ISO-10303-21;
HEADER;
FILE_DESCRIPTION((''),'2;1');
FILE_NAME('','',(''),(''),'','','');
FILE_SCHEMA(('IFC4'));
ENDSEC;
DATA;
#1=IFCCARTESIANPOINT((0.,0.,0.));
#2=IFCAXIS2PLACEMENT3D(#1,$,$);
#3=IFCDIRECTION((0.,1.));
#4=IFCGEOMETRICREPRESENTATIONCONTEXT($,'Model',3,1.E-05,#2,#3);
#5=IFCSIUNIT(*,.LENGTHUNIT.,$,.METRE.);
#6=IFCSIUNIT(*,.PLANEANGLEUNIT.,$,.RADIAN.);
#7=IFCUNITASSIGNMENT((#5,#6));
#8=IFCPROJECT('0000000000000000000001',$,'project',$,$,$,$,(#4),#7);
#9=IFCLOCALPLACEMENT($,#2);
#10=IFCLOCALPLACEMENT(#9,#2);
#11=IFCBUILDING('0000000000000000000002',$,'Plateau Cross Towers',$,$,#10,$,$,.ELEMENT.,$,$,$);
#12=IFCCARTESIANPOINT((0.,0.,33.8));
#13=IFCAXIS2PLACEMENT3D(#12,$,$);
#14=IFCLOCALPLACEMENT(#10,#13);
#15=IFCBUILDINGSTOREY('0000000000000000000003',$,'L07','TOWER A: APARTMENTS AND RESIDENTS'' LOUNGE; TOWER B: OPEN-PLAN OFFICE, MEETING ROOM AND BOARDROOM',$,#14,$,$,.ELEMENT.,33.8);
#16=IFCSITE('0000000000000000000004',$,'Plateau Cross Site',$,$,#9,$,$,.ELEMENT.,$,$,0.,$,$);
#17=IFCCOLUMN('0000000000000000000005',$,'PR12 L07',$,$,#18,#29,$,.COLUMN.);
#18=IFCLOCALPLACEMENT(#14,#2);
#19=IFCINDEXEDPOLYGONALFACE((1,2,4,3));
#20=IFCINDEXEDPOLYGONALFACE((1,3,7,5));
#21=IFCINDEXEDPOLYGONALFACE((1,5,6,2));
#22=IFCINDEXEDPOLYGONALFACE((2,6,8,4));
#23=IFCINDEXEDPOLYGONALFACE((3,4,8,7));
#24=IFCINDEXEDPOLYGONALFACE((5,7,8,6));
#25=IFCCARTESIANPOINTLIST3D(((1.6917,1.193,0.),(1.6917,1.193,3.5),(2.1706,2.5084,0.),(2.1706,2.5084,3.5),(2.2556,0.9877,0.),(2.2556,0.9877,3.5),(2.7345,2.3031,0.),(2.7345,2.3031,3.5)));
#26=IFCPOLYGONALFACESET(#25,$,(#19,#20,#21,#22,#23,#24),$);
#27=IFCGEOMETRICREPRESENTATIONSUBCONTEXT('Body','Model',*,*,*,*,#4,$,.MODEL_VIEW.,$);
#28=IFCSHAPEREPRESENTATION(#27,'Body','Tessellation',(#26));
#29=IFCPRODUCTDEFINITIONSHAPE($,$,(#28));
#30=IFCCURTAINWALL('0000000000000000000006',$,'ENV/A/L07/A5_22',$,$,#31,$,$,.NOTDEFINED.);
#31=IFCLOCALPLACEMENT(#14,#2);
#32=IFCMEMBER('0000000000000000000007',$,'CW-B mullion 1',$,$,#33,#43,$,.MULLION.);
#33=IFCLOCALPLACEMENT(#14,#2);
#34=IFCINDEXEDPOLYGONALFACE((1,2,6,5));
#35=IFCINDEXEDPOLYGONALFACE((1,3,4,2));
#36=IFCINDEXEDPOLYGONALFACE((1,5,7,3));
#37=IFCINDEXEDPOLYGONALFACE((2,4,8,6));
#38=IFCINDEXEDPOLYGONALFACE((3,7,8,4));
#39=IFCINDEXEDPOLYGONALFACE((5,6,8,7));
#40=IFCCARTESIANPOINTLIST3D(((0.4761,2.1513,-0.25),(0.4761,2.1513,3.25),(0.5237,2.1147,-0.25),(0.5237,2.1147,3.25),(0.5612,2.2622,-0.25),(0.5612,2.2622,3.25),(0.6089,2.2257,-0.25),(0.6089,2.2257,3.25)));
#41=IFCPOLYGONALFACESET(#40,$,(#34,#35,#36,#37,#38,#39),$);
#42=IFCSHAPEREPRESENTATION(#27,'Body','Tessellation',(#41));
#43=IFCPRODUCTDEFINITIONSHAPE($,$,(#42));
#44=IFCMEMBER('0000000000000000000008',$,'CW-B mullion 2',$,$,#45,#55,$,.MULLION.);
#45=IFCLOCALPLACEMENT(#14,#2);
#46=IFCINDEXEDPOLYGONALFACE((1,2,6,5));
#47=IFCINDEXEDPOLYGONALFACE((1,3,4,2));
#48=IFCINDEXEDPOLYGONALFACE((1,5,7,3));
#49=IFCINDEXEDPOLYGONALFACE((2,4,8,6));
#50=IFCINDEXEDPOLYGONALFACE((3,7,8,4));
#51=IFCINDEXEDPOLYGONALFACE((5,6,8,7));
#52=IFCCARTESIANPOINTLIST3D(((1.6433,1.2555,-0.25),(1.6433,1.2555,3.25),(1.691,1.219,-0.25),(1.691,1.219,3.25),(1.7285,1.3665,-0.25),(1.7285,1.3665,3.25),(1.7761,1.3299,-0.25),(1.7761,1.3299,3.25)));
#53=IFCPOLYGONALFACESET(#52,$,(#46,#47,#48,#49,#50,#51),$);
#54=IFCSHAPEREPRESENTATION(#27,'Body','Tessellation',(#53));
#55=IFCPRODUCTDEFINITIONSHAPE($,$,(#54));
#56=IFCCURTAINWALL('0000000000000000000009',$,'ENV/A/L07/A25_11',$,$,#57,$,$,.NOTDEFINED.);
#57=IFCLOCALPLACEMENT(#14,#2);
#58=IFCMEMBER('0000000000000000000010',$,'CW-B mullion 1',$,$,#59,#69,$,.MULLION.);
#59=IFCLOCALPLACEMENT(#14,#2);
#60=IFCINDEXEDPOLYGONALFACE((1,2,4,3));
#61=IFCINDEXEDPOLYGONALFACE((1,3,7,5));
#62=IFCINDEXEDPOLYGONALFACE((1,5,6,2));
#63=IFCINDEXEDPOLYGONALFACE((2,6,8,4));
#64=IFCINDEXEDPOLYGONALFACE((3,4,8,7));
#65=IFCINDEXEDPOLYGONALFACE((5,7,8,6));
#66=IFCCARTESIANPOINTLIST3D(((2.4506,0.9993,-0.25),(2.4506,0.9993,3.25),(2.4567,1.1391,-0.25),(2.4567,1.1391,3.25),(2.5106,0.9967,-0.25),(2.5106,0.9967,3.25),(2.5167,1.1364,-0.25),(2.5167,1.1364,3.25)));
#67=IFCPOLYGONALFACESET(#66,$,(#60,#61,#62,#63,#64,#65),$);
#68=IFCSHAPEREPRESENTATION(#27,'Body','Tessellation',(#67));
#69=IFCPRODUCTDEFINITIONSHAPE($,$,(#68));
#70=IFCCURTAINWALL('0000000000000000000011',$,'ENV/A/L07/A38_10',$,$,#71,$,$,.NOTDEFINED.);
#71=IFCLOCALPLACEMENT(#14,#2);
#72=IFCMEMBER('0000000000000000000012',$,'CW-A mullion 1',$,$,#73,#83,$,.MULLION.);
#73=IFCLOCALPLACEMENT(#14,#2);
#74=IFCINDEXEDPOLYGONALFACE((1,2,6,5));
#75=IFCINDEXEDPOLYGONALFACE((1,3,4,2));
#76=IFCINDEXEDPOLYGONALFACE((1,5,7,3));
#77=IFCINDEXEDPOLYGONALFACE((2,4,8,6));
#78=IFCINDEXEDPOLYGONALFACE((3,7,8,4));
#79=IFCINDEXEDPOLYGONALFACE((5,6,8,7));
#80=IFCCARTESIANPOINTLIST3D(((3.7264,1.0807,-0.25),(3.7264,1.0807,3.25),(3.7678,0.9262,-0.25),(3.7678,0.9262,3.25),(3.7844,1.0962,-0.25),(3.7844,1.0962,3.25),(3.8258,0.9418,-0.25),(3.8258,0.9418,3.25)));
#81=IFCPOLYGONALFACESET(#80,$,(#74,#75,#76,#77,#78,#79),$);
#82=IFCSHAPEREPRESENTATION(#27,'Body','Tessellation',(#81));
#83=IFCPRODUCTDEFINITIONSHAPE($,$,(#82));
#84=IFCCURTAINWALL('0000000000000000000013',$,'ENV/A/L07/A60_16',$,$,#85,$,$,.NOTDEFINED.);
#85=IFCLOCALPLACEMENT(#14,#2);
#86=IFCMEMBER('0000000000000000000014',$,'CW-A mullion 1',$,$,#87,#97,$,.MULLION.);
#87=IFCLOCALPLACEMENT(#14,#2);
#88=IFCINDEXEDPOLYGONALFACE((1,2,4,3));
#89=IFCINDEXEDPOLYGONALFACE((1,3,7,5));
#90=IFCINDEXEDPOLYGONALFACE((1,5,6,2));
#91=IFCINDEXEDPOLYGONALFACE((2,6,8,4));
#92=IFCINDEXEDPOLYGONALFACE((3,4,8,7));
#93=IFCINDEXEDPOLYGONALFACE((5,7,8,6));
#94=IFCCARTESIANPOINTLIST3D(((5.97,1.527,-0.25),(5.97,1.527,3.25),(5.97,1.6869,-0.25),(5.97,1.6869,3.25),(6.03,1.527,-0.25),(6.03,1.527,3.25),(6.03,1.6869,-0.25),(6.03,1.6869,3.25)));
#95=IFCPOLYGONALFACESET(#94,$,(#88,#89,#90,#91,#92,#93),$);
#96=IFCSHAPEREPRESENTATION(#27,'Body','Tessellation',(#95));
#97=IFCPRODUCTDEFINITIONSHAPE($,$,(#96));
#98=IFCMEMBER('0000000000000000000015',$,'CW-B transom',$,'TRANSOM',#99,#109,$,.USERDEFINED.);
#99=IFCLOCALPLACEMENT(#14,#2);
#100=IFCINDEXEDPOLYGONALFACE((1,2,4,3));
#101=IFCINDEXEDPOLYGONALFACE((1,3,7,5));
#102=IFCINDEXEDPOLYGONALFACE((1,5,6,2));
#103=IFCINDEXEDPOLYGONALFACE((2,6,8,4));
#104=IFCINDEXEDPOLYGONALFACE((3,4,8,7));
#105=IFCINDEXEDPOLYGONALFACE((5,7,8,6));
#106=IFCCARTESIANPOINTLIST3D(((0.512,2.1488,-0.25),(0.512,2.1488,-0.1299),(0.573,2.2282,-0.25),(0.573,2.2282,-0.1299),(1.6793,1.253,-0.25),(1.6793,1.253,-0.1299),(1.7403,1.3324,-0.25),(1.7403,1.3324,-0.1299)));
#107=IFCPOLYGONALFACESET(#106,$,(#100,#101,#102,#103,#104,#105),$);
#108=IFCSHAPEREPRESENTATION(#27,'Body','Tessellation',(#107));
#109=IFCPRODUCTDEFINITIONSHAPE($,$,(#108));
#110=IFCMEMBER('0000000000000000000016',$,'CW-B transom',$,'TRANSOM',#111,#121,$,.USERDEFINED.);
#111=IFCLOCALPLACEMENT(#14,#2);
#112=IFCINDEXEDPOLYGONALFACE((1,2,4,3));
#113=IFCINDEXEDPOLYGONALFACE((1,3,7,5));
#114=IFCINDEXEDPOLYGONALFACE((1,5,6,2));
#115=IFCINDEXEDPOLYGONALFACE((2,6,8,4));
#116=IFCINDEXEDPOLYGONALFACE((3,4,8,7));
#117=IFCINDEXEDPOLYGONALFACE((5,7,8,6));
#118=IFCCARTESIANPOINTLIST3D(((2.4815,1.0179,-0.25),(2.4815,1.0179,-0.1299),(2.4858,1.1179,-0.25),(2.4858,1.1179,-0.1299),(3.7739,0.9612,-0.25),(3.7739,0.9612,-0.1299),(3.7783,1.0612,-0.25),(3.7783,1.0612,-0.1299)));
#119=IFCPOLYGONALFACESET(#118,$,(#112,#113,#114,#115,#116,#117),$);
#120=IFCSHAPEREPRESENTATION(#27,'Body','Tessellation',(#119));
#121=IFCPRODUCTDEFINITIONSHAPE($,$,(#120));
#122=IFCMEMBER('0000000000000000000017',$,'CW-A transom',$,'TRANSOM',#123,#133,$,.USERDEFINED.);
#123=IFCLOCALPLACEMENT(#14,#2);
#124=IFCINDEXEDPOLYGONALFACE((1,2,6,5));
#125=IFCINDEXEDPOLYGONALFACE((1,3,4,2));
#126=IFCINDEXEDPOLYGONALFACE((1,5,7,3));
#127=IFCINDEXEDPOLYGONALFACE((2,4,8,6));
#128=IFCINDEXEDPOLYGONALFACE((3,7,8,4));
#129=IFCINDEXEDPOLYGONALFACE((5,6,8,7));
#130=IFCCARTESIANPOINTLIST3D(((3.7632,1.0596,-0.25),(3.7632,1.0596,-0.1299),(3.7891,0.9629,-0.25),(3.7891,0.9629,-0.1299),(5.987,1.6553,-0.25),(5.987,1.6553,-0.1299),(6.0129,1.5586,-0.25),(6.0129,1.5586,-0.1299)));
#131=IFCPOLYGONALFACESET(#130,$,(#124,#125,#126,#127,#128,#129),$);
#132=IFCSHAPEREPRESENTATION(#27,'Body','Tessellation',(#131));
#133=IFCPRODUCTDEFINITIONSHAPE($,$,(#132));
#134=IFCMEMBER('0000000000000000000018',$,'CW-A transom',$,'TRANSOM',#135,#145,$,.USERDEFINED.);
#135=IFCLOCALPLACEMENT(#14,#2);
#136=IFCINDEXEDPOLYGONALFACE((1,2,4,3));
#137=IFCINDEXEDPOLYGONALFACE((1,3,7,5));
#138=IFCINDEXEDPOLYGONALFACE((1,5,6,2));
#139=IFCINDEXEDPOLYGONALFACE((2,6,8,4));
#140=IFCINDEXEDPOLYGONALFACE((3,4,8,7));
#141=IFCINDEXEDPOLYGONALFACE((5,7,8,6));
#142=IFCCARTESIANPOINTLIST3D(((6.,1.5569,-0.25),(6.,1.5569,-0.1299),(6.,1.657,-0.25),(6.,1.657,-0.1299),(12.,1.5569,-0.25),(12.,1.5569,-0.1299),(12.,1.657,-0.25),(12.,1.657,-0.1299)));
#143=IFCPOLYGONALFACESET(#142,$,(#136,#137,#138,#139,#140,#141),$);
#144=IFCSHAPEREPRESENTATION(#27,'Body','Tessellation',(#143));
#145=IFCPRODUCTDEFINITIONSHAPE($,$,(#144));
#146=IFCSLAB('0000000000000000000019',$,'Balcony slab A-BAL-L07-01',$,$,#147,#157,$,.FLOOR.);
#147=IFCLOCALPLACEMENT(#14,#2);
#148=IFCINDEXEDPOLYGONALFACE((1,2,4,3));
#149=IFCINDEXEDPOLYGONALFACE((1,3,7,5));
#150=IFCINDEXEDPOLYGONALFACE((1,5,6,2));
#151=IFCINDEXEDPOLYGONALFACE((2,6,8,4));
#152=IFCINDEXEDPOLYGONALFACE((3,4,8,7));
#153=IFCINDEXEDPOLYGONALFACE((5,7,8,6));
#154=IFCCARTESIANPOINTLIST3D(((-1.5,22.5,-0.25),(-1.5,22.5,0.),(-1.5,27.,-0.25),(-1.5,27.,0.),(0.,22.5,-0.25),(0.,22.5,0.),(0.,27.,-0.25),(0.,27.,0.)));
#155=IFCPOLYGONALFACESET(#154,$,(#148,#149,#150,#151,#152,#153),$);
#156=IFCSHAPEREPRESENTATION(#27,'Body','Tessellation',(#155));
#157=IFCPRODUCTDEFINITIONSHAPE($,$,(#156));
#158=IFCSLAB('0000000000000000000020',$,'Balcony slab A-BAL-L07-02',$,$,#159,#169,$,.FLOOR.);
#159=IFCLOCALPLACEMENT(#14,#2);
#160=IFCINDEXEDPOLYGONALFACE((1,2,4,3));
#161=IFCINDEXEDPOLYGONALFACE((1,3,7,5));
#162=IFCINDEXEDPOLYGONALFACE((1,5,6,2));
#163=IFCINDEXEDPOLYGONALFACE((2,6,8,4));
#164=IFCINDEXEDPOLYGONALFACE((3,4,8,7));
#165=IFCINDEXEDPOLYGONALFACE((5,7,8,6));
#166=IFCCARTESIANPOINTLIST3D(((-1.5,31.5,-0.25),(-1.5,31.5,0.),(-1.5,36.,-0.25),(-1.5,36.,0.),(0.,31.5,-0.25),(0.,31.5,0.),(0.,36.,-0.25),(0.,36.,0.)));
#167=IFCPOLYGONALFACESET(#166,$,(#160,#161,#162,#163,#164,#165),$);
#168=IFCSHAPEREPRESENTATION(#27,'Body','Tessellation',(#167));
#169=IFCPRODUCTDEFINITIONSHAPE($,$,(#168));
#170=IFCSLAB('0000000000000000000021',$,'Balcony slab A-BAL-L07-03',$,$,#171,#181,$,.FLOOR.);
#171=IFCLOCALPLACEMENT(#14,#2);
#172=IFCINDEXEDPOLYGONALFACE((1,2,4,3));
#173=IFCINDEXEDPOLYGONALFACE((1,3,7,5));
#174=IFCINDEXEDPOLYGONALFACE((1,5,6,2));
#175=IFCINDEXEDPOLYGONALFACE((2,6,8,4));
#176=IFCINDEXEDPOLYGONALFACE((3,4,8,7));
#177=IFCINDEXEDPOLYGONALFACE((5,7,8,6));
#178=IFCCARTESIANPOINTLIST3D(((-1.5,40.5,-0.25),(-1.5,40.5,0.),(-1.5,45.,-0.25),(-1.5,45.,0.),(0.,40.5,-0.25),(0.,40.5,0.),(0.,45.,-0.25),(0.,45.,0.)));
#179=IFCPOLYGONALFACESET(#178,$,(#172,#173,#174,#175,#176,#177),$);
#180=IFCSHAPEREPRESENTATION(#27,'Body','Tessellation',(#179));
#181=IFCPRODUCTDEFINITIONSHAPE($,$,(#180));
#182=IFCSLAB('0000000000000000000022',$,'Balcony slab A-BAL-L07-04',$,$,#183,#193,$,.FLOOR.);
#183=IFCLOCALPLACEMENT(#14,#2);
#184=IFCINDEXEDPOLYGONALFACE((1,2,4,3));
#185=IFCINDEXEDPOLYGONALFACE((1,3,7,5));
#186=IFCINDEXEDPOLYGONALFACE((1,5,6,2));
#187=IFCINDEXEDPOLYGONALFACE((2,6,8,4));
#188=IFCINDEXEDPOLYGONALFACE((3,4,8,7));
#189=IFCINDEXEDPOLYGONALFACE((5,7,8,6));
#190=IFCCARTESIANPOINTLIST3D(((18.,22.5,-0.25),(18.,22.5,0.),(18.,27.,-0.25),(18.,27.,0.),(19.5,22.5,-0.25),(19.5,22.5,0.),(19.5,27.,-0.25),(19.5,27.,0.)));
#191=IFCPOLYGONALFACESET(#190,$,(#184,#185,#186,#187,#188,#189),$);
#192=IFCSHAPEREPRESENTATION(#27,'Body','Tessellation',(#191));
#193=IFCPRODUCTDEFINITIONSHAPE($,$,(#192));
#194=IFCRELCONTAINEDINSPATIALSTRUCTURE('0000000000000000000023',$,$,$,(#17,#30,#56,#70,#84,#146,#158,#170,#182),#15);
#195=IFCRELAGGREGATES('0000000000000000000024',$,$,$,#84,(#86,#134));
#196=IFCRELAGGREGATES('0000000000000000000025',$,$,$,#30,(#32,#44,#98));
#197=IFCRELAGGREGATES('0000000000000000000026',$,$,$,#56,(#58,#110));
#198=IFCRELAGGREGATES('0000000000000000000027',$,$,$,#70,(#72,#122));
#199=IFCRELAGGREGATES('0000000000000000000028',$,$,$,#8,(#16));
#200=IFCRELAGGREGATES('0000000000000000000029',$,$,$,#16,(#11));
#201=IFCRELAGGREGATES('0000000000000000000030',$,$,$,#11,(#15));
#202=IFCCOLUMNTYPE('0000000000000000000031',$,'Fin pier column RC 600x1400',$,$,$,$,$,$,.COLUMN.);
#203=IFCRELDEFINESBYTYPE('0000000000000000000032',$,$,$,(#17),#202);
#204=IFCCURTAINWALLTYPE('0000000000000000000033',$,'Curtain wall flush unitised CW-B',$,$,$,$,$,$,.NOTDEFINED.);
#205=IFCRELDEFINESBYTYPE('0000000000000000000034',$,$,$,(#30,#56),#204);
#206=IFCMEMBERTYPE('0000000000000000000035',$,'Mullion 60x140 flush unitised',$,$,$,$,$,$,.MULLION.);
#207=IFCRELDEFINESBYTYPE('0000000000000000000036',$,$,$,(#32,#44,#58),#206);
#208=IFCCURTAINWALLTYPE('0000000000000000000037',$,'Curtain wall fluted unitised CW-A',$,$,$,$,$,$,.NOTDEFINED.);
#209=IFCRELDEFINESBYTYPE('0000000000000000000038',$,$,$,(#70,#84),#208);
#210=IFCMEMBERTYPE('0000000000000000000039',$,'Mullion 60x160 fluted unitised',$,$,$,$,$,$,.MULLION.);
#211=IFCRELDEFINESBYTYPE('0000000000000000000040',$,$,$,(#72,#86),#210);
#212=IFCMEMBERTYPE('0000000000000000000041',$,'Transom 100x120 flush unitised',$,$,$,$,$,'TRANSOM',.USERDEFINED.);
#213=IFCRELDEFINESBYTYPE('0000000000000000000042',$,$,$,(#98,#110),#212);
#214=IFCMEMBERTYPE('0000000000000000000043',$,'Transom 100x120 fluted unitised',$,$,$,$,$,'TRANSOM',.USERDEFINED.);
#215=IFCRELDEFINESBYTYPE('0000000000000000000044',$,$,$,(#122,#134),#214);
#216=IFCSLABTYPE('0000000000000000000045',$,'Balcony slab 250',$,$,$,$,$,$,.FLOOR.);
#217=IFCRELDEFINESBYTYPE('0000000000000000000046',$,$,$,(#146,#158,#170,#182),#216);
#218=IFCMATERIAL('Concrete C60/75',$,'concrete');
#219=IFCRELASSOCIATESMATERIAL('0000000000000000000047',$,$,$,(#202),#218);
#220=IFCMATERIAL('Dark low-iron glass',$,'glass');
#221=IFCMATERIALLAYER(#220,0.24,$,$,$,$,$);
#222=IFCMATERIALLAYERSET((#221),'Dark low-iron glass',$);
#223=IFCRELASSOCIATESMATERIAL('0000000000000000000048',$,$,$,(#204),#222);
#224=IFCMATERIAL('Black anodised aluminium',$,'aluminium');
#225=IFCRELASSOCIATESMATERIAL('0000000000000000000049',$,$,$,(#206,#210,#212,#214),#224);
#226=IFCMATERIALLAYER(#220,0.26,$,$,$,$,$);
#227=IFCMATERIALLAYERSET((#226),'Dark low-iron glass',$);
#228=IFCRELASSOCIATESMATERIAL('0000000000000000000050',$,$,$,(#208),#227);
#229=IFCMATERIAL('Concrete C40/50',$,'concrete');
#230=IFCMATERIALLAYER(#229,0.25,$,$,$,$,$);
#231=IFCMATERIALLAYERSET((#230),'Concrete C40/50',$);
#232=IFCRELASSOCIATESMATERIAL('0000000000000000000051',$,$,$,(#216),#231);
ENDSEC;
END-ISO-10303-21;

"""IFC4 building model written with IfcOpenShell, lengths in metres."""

from ifc_helpers import new_model, si_unit, direction, frame, origin, origin_2d, place, context, subcontext, project, spatial, polyline, rectangle, outline, extrude, material, layer, layer_set, material_profile, profile_set, type_object, element, aggregate, save


model = new_model("IFC4")

# Units and contexts
model_context = context("Model", 3, precision=1e-05, world=origin(), true_north=direction((0.0, 1.0)))
body_context = subcontext(model_context, "Body", "Model", "MODEL_VIEW")
ifc_project = project(units=[si_unit("LENGTHUNIT", "METRE"), si_unit("PLANEANGLEUNIT", "RADIAN")], contexts=[model_context])

# Site, building, storey
site_placement = place(None, origin())
site = spatial("IfcSite", under=ifc_project, at=site_placement, Name="Plateau Cross Site", CompositionType="ELEMENT", RefElevation=0.0)
building_placement = place(site_placement, origin())
building = spatial("IfcBuilding", under=site, at=building_placement, Name="Plateau Cross Towers", CompositionType="ELEMENT")
storey_placement = place(building_placement, frame((0.0, 0.0, 33.8)))
storey = spatial("IfcBuildingStorey", under=building, at=storey_placement, Name="L07", Description="TOWER A: APARTMENTS AND RESIDENTS' LOUNGE; TOWER B: OPEN-PLAN OFFICE, MEETING ROOM AND BOARDROOM", CompositionType="ELEMENT", Elevation=33.8)

# Column
ifc_material_1 = material(Name="Concrete C60/75", Category="concrete")
ifc_material_profile_1 = material_profile(ifc_material_1, rectangle(XDim=0.6001, YDim=1.3999, at=origin_2d()), Name="RC 600x1400")
ifc_profile_set_1 = profile_set([ifc_material_profile_1], Name="Concrete C60/75")
column_type = type_object("IfcColumnType", Name="Fin pier column RC 600x1400", PredefinedType="COLUMN", material=ifc_profile_set_1)
column_placement = place(storey_placement, frame((2.2131, 1.748, 0.0), z_axis=(0.0, 0.0, 1.0), x_axis=(-0.939664, 0.342098, 0.0)))
element("IfcColumn", 1, at=column_placement, inside=storey, type_object=column_type, Name="PR12 L07", PredefinedType="COLUMN", context=body_context, shape_type="SweptSolid", body=[
    extrude(rectangle(XDim=0.6001, YDim=1.3999, at=origin_2d()), origin(), (0.0, 0.0, 1.0), 3.5),
])

# Curtain wall, members
ifc_material_2 = material(Name="Dark low-iron glass", Category="glass")
ifc_layer_1 = layer(ifc_material_2, 0.24)
ifc_layer_set_1 = layer_set([ifc_layer_1], Name="Dark low-iron glass")
curtain_wall_type_1 = type_object("IfcCurtainWallType", Name="Curtain wall flush unitised CW-B", PredefinedType="NOTDEFINED", material=ifc_layer_set_1)
curtain_wall_1_placement = place(storey_placement, origin())
curtain_wall_1 = element("IfcCurtainWall", 2, at=curtain_wall_1_placement, inside=storey, type_object=curtain_wall_type_1, Name="ENV/A/L07/A5_22", PredefinedType="NOTDEFINED")
ifc_material_3 = material(Name="Black anodised aluminium", Category="aluminium")
ifc_material_profile_2 = material_profile(ifc_material_3, rectangle(XDim=0.0601, YDim=0.1399, at=origin_2d()), Name="MULLION 60x140")
ifc_profile_set_2 = profile_set([ifc_material_profile_2], Name="Black anodised aluminium")
member_type_1 = type_object("IfcMemberType", Name="Mullion 60x140 flush unitised", PredefinedType="MULLION", material=ifc_profile_set_2)
member_1_placement = place(storey_placement, frame((0.5425, 2.1885, -0.25), z_axis=(0.0, 0.0, 1.0), x_axis=(0.793316, -0.608811, 0.0)))
member_1 = element("IfcMember", 3, at=member_1_placement, type_object=member_type_1, Name="CW-B mullion 1", PredefinedType="MULLION", context=body_context, shape_type="SweptSolid", body=[
    extrude(rectangle(XDim=0.0601, YDim=0.1399, at=origin_2d()), origin(), (0.0, 0.0, 1.0), 3.5),
])
member_2_placement = place(storey_placement, frame((1.7097, 1.2927, -0.25), z_axis=(0.0, 0.0, 1.0), x_axis=(0.793316, -0.608811, 0.0)))
member_2 = element("IfcMember", 4, at=member_2_placement, type_object=member_type_1, Name="CW-B mullion 2", PredefinedType="MULLION", context=body_context, shape_type="SweptSolid", body=[
    extrude(rectangle(XDim=0.0601, YDim=0.1399, at=origin_2d()), origin(), (0.0, 0.0, 1.0), 3.5),
])

# Curtain walls, members
curtain_wall_2_placement = place(storey_placement, origin())
curtain_wall_2 = element("IfcCurtainWall", 5, at=curtain_wall_2_placement, inside=storey, type_object=curtain_wall_type_1, Name="ENV/A/L07/A25_11", PredefinedType="NOTDEFINED")
member_3_placement = place(storey_placement, frame((2.4836, 1.0679, -0.25), z_axis=(0.0, 0.0, 1.0), x_axis=(0.999044, -0.043723, 0.0)))
member_3 = element("IfcMember", 6, at=member_3_placement, type_object=member_type_1, Name="CW-B mullion 1", PredefinedType="MULLION", context=body_context, shape_type="SweptSolid", body=[
    extrude(rectangle(XDim=0.0601, YDim=0.1399, at=origin_2d()), origin(), (0.0, 0.0, 1.0), 3.5),
])
ifc_layer_2 = layer(ifc_material_2, 0.26)
ifc_layer_set_2 = layer_set([ifc_layer_2], Name="Dark low-iron glass")
curtain_wall_type_2 = type_object("IfcCurtainWallType", Name="Curtain wall fluted unitised CW-A", PredefinedType="NOTDEFINED", material=ifc_layer_set_2)
curtain_wall_3_placement = place(storey_placement, origin())
curtain_wall_3 = element("IfcCurtainWall", 7, at=curtain_wall_3_placement, inside=storey, type_object=curtain_wall_type_2, Name="ENV/A/L07/A38_10", PredefinedType="NOTDEFINED")
ifc_material_profile_3 = material_profile(ifc_material_3, rectangle(XDim=0.0601, YDim=0.1599, at=origin_2d()), Name="MULLION 60x160")
ifc_profile_set_3 = profile_set([ifc_material_profile_3], Name="Black anodised aluminium")
member_type_2 = type_object("IfcMemberType", Name="Mullion 60x160 fluted unitised", PredefinedType="MULLION", material=ifc_profile_set_3)
member_4_placement = place(storey_placement, frame((3.7761, 1.0112, -0.25), z_axis=(0.0, 0.0, 1.0), x_axis=(0.965958, 0.258699, 0.0)))
member_4 = element("IfcMember", 8, at=member_4_placement, type_object=member_type_2, Name="CW-A mullion 1", PredefinedType="MULLION", context=body_context, shape_type="SweptSolid", body=[
    extrude(rectangle(XDim=0.0601, YDim=0.1599, at=origin_2d()), origin(), (0.0, 0.0, 1.0), 3.5),
])
curtain_wall_4_placement = place(storey_placement, origin())
curtain_wall_4 = element("IfcCurtainWall", 9, at=curtain_wall_4_placement, inside=storey, type_object=curtain_wall_type_2, Name="ENV/A/L07/A60_16", PredefinedType="NOTDEFINED")
member_5_placement = place(storey_placement, frame((6.0, 1.6069, -0.25), z_axis=(0.0, 0.0, 1.0), x_axis=(1.0, 0.0, 0.0)))
member_5 = element("IfcMember", 10, at=member_5_placement, type_object=member_type_2, Name="CW-A mullion 1", PredefinedType="MULLION", context=body_context, shape_type="SweptSolid", body=[
    extrude(rectangle(XDim=0.0601, YDim=0.1599, at=origin_2d()), origin(), (0.0, 0.0, 1.0), 3.5),
])

# Members
ifc_material_profile_4 = material_profile(ifc_material_3, rectangle(XDim=0.1001, YDim=0.1201, at=origin_2d()), Name="TRANSOM 100x120")
ifc_profile_set_4 = profile_set([ifc_material_profile_4], Name="Black anodised aluminium")
member_type_3 = type_object("IfcMemberType", Name="Transom 100x120 flush unitised", ElementType="TRANSOM", PredefinedType="USERDEFINED", material=ifc_profile_set_4)
member_6_placement = place(storey_placement, frame((0.5425, 2.1885, -0.1899), z_axis=(0.793321, -0.608804, 0.0), x_axis=(0.608804, 0.793321, 0.0)))
member_6 = element("IfcMember", 11, at=member_6_placement, type_object=member_type_3, Name="CW-B transom", ObjectType="TRANSOM", PredefinedType="USERDEFINED", context=body_context, shape_type="SweptSolid", body=[
    extrude(rectangle(XDim=0.1001, YDim=0.1201, at=origin_2d()), origin(), (0.0, 0.0, 1.0), 1.4714),
])
member_7_placement = place(storey_placement, frame((2.4836, 1.0679, -0.1899), z_axis=(0.999041, -0.043781, 0.0), x_axis=(0.043781, 0.999041, 0.0)))
member_7 = element("IfcMember", 12, at=member_7_placement, type_object=member_type_3, Name="CW-B transom", ObjectType="TRANSOM", PredefinedType="USERDEFINED", context=body_context, shape_type="SweptSolid", body=[
    extrude(rectangle(XDim=0.1001, YDim=0.1201, at=origin_2d()), origin(), (0.0, 0.0, 1.0), 1.2937),
])
ifc_material_profile_5 = material_profile(ifc_material_3, rectangle(XDim=0.1001, YDim=0.1201, at=origin_2d()), Name="TRANSOM 100x120")
ifc_profile_set_5 = profile_set([ifc_material_profile_5], Name="Black anodised aluminium")
member_type_4 = type_object("IfcMemberType", Name="Transom 100x120 fluted unitised", ElementType="TRANSOM", PredefinedType="USERDEFINED", material=ifc_profile_set_5)
member_8_placement = place(storey_placement, frame((3.7761, 1.0112, -0.1899), z_axis=(0.965946, 0.258745, 0.0), x_axis=(-0.258745, 0.965946, 0.0)))
member_8 = element("IfcMember", 13, at=member_8_placement, type_object=member_type_4, Name="CW-A transom", ObjectType="TRANSOM", PredefinedType="USERDEFINED", context=body_context, shape_type="SweptSolid", body=[
    extrude(rectangle(XDim=0.1001, YDim=0.1201, at=origin_2d()), origin(), (0.0, 0.0, 1.0), 2.3022),
])
member_9_placement = place(storey_placement, frame((6.0, 1.6069, -0.1899), z_axis=(1.0, 0.0, 0.0), x_axis=(0.0, 1.0, 0.0)))
member_9 = element("IfcMember", 14, at=member_9_placement, type_object=member_type_4, Name="CW-A transom", ObjectType="TRANSOM", PredefinedType="USERDEFINED", context=body_context, shape_type="SweptSolid", body=[
    extrude(rectangle(XDim=0.1001, YDim=0.1201, at=origin_2d()), origin(), (0.0, 0.0, 1.0), 6.0),
])
aggregate(curtain_wall_4, [member_5, member_9])

# Slabs
ifc_material_4 = material(Name="Concrete C40/50", Category="concrete")
ifc_layer_3 = layer(ifc_material_4, 0.25)
ifc_layer_set_3 = layer_set([ifc_layer_3], Name="Concrete C40/50")
slab_type_1 = type_object("IfcSlabType", Name="Balcony slab 250", PredefinedType="FLOOR", material=ifc_layer_set_3)
slab_1_placement = place(storey_placement, frame((0.0, 0.0, -0.25)))
element("IfcSlab", 15, at=slab_1_placement, inside=storey, type_object=slab_type_1, Name="Balcony slab A-BAL-L07-01", PredefinedType="FLOOR", context=body_context, shape_type="SweptSolid", body=[
    extrude(outline(polyline([(0.0, 22.5), (0.0, 27.0), (-1.5, 27.0), (-1.5, 22.5), (0.0, 22.5)])), origin(), (0.0, 0.0, 1.0), 0.25),
])
slab_2_placement = place(storey_placement, frame((0.0, 0.0, -0.25)))
element("IfcSlab", 16, at=slab_2_placement, inside=storey, type_object=slab_type_1, Name="Balcony slab A-BAL-L07-02", PredefinedType="FLOOR", context=body_context, shape_type="SweptSolid", body=[
    extrude(outline(polyline([(0.0, 31.5), (0.0, 36.0), (-1.5, 36.0), (-1.5, 31.5), (0.0, 31.5)])), origin(), (0.0, 0.0, 1.0), 0.25),
])
slab_3_placement = place(storey_placement, frame((0.0, 0.0, -0.25)))
element("IfcSlab", 17, at=slab_3_placement, inside=storey, type_object=slab_type_1, Name="Balcony slab A-BAL-L07-03", PredefinedType="FLOOR", context=body_context, shape_type="SweptSolid", body=[
    extrude(outline(polyline([(0.0, 40.5), (0.0, 45.0), (-1.5, 45.0), (-1.5, 40.5), (0.0, 40.5)])), origin(), (0.0, 0.0, 1.0), 0.25),
])
slab_4_placement = place(storey_placement, frame((0.0, 0.0, -0.25)))
element("IfcSlab", 18, at=slab_4_placement, inside=storey, type_object=slab_type_1, Name="Balcony slab A-BAL-L07-04", PredefinedType="FLOOR", context=body_context, shape_type="SweptSolid", body=[
    extrude(outline(polyline([(19.5, 22.5), (19.5, 27.0), (18.0, 27.0), (18.0, 22.5), (19.5, 22.5)])), origin(), (0.0, 0.0, 1.0), 0.25),
])

aggregate(curtain_wall_1, [member_1, member_2, member_6])
aggregate(curtain_wall_2, [member_3, member_7])
aggregate(curtain_wall_3, [member_4, member_8])

save(model, "model.ifc")
